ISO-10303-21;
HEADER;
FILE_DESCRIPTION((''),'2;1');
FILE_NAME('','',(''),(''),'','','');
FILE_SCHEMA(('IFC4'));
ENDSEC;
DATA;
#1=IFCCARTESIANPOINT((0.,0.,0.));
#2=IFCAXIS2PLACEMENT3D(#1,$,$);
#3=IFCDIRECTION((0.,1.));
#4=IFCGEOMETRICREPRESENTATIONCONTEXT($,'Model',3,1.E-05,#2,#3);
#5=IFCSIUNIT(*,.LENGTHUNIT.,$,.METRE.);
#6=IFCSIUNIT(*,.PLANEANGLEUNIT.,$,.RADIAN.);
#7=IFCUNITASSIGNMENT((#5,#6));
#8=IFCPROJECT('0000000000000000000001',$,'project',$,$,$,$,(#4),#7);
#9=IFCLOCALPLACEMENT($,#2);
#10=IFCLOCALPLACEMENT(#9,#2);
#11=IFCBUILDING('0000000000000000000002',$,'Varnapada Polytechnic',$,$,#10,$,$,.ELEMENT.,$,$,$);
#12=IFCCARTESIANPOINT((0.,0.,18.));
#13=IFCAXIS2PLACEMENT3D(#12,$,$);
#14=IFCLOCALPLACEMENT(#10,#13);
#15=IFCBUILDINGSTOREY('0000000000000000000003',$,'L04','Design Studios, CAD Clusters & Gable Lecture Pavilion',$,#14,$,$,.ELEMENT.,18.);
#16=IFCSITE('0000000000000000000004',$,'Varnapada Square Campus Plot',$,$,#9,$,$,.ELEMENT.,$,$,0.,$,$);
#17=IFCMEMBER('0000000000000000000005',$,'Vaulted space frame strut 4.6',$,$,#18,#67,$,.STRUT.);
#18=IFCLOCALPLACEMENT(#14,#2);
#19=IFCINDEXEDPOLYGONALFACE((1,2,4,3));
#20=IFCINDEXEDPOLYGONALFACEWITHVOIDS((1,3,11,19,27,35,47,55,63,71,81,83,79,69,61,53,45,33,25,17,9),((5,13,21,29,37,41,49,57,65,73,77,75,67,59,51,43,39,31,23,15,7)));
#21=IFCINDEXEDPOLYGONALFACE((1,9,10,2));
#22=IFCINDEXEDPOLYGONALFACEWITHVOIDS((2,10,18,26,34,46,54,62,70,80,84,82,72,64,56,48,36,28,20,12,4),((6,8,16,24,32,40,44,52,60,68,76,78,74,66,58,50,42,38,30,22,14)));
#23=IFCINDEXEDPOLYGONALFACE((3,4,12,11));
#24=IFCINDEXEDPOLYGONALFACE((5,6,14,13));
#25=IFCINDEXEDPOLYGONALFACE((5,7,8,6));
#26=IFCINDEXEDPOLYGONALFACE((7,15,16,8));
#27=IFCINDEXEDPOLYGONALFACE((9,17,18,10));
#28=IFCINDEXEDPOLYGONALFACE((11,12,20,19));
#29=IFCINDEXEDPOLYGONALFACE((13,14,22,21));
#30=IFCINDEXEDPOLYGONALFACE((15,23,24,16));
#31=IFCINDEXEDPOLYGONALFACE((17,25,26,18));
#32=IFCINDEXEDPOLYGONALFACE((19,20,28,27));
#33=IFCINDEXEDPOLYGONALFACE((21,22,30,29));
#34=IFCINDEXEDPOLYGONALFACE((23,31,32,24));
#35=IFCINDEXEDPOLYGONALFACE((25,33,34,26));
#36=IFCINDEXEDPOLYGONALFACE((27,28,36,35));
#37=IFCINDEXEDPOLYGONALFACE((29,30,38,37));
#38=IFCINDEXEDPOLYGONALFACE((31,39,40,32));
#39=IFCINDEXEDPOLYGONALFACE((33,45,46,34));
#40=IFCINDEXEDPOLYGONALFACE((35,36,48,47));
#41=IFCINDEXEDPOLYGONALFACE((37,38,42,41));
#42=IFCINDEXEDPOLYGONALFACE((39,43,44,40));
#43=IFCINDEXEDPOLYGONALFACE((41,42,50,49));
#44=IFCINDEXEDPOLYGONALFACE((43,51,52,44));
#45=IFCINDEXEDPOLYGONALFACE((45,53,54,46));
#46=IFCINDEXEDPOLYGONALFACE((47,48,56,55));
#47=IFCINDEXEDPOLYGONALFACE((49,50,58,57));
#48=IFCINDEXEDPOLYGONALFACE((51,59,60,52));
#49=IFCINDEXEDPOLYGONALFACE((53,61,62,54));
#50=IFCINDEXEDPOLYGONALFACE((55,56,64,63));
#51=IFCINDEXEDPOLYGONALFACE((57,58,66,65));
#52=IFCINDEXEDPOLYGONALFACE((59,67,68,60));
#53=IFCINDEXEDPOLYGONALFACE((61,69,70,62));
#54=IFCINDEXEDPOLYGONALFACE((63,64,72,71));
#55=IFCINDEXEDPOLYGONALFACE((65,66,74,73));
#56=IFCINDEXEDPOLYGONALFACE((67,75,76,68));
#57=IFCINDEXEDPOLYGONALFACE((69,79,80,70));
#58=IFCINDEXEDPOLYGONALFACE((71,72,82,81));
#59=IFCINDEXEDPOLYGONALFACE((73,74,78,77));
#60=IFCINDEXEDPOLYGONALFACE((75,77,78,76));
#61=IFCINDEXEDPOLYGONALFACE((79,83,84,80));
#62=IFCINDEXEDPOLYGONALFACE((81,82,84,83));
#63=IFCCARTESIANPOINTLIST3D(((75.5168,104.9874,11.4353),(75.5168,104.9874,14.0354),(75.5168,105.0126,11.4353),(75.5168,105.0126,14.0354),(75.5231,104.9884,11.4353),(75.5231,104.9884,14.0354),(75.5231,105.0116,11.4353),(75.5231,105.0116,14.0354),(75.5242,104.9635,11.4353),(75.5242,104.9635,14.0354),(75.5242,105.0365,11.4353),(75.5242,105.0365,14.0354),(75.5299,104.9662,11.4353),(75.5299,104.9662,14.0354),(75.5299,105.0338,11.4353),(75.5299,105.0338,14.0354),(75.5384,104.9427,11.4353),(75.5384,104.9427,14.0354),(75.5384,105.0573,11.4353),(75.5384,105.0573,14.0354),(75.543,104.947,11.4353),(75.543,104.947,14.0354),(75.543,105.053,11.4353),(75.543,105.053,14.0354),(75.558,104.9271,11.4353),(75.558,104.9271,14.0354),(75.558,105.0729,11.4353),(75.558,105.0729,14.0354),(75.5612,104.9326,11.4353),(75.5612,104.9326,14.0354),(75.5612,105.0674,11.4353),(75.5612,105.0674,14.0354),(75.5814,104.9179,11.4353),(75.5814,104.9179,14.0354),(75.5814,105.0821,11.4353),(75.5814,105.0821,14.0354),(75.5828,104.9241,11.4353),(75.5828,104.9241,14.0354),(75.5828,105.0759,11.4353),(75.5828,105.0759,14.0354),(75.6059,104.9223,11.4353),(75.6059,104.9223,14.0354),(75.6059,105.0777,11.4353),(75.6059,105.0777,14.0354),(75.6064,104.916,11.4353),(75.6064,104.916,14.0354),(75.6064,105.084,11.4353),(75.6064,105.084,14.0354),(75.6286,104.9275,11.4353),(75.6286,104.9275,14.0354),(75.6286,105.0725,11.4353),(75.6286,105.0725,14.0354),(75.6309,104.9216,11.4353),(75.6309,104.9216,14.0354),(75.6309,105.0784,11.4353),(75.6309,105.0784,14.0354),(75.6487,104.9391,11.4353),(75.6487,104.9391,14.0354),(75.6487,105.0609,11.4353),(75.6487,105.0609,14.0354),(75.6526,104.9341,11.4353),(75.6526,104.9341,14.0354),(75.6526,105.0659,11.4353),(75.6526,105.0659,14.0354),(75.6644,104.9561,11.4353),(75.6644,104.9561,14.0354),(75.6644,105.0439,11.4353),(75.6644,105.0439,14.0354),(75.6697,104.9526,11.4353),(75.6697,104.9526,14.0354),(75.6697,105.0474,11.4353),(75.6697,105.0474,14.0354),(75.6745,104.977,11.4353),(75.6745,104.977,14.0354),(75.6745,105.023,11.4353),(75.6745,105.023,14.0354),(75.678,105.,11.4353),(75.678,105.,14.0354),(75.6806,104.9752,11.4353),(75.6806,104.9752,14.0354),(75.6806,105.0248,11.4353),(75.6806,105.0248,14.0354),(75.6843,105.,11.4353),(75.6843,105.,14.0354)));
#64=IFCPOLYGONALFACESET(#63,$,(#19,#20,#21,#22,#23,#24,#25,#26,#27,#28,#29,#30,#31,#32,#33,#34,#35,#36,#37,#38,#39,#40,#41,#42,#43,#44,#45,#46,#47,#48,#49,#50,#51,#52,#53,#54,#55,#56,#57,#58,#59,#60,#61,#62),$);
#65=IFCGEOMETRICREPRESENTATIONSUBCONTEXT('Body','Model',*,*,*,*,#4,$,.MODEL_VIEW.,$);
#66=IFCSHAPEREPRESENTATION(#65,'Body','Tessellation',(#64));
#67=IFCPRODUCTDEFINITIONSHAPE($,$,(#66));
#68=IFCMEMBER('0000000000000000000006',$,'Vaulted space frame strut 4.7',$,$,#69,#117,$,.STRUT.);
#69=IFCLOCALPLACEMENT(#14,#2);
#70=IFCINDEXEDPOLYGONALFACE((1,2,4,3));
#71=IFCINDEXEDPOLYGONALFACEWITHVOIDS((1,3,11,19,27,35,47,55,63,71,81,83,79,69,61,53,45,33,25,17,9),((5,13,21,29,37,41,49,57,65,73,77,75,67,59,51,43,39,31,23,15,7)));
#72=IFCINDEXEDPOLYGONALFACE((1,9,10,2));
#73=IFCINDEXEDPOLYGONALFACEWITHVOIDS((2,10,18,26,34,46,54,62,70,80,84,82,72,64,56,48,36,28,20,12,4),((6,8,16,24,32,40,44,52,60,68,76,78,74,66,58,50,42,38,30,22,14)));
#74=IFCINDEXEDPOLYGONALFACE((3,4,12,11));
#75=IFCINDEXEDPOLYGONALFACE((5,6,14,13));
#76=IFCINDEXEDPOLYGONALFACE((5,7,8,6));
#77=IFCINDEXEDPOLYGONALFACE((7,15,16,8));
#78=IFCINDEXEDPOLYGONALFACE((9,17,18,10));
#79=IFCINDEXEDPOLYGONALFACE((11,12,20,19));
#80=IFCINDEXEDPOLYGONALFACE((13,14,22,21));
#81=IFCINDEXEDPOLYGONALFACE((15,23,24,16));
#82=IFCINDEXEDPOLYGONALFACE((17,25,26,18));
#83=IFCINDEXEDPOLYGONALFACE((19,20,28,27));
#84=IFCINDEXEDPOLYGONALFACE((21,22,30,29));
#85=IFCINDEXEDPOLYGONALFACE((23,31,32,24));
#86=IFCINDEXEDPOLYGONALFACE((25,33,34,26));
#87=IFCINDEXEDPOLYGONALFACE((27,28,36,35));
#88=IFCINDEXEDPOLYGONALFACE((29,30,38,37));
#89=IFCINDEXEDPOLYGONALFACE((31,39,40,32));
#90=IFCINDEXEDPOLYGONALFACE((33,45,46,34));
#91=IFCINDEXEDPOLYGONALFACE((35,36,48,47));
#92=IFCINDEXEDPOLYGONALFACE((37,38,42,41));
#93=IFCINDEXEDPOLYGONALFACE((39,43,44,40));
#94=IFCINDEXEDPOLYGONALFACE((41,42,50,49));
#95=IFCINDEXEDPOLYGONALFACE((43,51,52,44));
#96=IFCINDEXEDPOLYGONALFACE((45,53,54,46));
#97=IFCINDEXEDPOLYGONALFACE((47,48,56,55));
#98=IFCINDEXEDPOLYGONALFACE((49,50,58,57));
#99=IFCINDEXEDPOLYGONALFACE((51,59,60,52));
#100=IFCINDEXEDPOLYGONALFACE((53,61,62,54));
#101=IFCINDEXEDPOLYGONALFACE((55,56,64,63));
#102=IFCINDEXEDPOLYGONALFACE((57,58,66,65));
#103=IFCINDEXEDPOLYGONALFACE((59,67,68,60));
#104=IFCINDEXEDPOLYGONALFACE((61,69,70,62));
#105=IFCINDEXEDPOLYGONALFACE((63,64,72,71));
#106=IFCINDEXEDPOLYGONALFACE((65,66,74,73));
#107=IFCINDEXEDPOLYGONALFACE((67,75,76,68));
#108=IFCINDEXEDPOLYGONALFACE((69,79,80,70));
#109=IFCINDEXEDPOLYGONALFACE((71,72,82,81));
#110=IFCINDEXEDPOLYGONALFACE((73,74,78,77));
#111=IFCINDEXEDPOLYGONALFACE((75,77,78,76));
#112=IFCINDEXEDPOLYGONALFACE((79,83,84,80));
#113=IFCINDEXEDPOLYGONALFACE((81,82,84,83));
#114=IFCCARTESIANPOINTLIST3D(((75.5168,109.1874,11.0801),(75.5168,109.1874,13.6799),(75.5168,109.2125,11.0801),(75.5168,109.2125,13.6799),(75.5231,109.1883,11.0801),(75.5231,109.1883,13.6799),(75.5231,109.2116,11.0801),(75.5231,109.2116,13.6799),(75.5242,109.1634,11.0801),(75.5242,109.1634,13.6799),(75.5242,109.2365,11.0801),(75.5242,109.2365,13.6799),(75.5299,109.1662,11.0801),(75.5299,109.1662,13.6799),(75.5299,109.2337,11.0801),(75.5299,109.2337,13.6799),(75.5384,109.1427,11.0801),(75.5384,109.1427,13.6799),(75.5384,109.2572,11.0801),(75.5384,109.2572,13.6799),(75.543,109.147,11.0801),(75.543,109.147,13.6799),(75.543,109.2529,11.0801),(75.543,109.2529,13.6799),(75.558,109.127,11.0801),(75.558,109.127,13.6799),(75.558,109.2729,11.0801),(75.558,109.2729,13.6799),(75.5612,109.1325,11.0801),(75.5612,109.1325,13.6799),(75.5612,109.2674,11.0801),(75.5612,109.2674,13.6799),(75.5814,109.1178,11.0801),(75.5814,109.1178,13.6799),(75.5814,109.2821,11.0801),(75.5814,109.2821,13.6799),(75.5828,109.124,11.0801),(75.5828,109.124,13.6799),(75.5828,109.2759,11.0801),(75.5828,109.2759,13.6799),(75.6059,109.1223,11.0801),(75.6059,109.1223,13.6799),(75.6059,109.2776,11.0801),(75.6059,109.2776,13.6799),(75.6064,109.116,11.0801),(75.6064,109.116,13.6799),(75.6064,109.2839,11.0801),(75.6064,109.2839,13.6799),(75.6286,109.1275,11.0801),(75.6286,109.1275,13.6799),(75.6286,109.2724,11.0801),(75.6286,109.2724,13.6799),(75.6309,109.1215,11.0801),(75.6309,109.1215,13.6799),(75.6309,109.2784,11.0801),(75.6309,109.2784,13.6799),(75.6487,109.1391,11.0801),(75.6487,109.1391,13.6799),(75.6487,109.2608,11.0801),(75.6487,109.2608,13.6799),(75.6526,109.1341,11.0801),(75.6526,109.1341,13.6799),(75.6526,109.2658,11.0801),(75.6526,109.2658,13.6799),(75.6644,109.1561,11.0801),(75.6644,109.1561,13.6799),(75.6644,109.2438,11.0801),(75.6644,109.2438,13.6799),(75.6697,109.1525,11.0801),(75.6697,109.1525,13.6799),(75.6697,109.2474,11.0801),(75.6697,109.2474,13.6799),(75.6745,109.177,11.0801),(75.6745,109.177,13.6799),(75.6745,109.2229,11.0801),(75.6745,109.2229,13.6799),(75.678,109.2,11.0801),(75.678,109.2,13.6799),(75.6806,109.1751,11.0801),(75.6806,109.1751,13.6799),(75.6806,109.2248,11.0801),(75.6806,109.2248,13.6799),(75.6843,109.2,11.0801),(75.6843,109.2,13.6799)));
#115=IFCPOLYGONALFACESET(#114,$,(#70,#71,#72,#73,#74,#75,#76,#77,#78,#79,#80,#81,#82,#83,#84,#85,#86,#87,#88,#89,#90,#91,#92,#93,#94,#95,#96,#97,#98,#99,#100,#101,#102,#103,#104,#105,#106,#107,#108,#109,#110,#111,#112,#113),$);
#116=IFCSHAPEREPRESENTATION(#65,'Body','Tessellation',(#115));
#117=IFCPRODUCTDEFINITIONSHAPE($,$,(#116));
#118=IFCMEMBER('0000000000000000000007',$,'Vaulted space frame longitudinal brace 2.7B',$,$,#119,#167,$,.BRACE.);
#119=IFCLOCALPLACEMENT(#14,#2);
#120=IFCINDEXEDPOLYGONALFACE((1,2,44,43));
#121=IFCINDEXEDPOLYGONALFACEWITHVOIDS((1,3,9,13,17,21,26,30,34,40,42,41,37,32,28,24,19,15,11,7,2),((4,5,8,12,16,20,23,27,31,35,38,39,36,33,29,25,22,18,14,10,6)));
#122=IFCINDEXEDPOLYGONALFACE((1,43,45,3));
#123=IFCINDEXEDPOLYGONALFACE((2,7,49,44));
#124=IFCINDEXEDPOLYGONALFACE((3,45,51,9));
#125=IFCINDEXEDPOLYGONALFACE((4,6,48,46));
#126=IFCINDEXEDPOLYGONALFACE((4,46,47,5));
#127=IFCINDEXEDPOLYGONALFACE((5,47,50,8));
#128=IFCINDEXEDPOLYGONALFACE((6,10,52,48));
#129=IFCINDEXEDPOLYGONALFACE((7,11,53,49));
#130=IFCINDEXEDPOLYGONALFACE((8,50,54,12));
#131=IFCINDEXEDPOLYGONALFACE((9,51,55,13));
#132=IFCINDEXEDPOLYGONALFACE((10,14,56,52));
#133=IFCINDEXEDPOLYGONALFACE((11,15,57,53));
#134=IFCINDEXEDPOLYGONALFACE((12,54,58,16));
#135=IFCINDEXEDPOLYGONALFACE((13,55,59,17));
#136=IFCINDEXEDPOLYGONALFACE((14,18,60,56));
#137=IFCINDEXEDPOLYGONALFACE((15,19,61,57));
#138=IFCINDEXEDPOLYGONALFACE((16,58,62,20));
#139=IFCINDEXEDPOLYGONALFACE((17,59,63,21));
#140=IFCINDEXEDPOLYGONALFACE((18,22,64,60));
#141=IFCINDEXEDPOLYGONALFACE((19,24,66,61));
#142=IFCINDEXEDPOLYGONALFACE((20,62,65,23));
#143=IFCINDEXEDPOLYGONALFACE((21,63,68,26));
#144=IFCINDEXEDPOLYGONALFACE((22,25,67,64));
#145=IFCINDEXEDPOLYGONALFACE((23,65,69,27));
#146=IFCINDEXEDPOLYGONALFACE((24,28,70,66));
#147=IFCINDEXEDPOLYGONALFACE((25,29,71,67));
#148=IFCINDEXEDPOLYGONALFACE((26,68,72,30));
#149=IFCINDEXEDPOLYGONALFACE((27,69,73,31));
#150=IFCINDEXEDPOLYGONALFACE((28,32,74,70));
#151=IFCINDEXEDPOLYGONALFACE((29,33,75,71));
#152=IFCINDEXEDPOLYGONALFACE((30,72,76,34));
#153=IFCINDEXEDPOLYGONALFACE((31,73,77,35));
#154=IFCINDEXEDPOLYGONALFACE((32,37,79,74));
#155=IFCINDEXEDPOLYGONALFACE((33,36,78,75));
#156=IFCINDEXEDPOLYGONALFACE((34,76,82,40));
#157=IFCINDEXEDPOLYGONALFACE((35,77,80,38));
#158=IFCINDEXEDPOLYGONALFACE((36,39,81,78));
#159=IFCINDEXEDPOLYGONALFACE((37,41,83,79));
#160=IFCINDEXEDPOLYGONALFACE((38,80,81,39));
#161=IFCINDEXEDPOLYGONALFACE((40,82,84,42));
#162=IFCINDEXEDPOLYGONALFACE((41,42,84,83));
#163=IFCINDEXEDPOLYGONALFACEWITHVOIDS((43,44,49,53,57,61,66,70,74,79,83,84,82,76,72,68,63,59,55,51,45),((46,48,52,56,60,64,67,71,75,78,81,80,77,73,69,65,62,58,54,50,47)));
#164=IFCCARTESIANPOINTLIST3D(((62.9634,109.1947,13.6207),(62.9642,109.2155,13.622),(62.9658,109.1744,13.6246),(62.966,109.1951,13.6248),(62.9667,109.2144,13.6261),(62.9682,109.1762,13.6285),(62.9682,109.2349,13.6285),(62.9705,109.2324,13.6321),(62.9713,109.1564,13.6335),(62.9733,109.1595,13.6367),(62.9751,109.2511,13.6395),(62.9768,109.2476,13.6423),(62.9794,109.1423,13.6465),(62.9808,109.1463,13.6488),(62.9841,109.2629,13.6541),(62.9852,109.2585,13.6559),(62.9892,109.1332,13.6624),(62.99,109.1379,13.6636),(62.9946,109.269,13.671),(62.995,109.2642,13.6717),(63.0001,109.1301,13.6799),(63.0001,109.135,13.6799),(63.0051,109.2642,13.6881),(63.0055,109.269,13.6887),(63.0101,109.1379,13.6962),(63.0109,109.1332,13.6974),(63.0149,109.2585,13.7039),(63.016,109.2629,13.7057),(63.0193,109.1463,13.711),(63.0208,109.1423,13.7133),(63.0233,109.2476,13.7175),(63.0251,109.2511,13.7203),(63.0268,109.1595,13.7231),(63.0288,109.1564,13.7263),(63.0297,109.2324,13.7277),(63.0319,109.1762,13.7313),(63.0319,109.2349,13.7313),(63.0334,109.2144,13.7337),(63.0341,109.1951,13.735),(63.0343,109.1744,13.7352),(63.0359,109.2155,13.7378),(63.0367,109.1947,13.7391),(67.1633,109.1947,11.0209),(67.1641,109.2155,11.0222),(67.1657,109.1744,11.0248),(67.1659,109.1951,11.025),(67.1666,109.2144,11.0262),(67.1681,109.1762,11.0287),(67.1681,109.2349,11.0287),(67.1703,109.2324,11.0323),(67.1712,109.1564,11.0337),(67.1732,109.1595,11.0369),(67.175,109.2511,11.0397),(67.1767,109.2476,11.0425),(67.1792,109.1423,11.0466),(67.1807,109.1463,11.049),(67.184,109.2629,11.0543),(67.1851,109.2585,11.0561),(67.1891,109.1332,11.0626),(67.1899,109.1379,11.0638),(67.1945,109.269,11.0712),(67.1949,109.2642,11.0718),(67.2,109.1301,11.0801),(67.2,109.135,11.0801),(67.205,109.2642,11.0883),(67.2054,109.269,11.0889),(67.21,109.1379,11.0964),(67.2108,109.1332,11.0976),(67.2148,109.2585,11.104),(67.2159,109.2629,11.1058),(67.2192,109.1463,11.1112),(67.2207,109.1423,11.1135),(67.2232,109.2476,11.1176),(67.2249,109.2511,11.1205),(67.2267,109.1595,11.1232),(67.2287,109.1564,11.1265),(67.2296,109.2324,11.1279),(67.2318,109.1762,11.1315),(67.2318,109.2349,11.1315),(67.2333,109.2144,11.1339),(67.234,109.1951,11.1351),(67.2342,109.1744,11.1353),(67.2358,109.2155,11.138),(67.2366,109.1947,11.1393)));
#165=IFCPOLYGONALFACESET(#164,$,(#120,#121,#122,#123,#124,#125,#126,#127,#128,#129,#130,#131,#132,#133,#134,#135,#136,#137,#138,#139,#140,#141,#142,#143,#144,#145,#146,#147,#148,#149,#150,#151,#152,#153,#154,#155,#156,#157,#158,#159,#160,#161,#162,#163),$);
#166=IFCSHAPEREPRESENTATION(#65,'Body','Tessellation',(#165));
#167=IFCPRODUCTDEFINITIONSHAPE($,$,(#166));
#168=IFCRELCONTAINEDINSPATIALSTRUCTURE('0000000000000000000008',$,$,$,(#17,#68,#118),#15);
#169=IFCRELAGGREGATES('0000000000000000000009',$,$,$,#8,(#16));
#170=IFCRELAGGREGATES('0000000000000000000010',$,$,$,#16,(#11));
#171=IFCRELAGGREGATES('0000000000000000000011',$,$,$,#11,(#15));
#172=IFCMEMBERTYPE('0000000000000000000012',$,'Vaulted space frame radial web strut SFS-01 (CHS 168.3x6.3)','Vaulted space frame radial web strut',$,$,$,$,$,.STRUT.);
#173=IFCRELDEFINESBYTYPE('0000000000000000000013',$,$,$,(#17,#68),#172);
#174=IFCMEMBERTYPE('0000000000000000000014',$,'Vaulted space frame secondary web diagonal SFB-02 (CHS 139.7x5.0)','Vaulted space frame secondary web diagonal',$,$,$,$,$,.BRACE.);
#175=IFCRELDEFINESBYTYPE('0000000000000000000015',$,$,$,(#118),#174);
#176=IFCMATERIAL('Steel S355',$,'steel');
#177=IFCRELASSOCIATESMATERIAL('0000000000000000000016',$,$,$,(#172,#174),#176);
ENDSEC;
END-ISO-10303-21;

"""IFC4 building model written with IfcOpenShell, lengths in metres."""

from ifc_helpers import new_model, si_unit, direction, frame, origin, origin_2d, place, context, subcontext, project, spatial, hollow_circle, extrude, material, material_profile, profile_set, type_object, element, save


model = new_model("IFC4")

# Units and contexts
model_context = context("Model", 3, precision=1e-05, world=origin(), true_north=direction((0.0, 1.0)))
body_context = subcontext(model_context, "Body", "Model", "MODEL_VIEW")
ifc_project = project(units=[si_unit("LENGTHUNIT", "METRE"), si_unit("PLANEANGLEUNIT", "RADIAN")], contexts=[model_context])

# Site, building, storey
site_placement = place(None, origin())
site = spatial("IfcSite", under=ifc_project, at=site_placement, Name="Varnapada Square Campus Plot", CompositionType="ELEMENT", RefElevation=0.0)
building_placement = place(site_placement, origin())
building = spatial("IfcBuilding", under=site, at=building_placement, Name="Varnapada Polytechnic", CompositionType="ELEMENT")
storey_placement = place(building_placement, frame((0.0, 0.0, 18.0)))
storey = spatial("IfcBuildingStorey", under=building, at=storey_placement, Name="L04", Description="Design Studios, CAD Clusters & Gable Lecture Pavilion", CompositionType="ELEMENT", Elevation=18.0)

# Shared definitions
ifc_material = material(Name="Steel S355", Category="steel")

# Members
ifc_material_profile_1 = material_profile(ifc_material, hollow_circle(Radius=0.0842, WallThickness=0.0063, at=origin_2d()), Name="CHS 168.3x6.3")
ifc_profile_set_1 = profile_set([ifc_material_profile_1], Name="Steel S355")
member_type_1 = type_object("IfcMemberType", Name="Vaulted space frame radial web strut SFS-01 (CHS 168.3x6.3)", Description="Vaulted space frame radial web strut", PredefinedType="STRUT", material=ifc_profile_set_1)
member_1_placement = place(storey_placement, frame((75.6001, 105.0, 11.4353), z_axis=(0.0, 0.0, 1.0), x_axis=(1.0, 0.0, 0.0)))
element("IfcMember", 1, at=member_1_placement, inside=storey, type_object=member_type_1, Name="Vaulted space frame strut 4.6", PredefinedType="STRUT", context=body_context, shape_type="SweptSolid", body=[
    extrude(hollow_circle(Radius=0.0842, WallThickness=0.0063, at=origin_2d()), origin(), (0.0, 0.0, 1.0), 2.6001),
])
member_2_placement = place(storey_placement, frame((75.6001, 109.2, 11.0801), z_axis=(0.0, 0.0, 1.0), x_axis=(1.0, 0.0, 0.0)))
element("IfcMember", 2, at=member_2_placement, inside=storey, type_object=member_type_1, Name="Vaulted space frame strut 4.7", PredefinedType="STRUT", context=body_context, shape_type="SweptSolid", body=[
    extrude(hollow_circle(Radius=0.0842, WallThickness=0.0063, at=origin_2d()), origin(), (0.0, 0.0, 1.0), 2.5999),
])
ifc_material_profile_2 = material_profile(ifc_material, hollow_circle(Radius=0.0698, WallThickness=0.0049, at=origin_2d()), Name="CHS 139.7x5.0")
ifc_profile_set_2 = profile_set([ifc_material_profile_2], Name="Steel S355")
member_type_2 = type_object("IfcMemberType", Name="Vaulted space frame secondary web diagonal SFB-02 (CHS 139.7x5.0)", Description="Vaulted space frame secondary web diagonal", PredefinedType="BRACE", material=ifc_profile_set_2)
for number, where, z_axis, x_axis, name in (
    (3, (67.2, 109.2, 11.0801), (-0.850276, 0.0, 0.526338), (0.0, -1.0, 0.0), "Vaulted space frame longitudinal brace 2.7B"),
):
    element("IfcMember", number, at=place(storey_placement, frame(where, z_axis=z_axis, x_axis=x_axis)), inside=storey, type_object=member_type_2, Name=name, PredefinedType="BRACE", context=body_context, shape_type="SweptSolid", body=[
        extrude(hollow_circle(Radius=0.0698, WallThickness=0.0049, at=origin_2d()), origin(), (0.0, 0.0, 1.0), 4.9395),
    ])

save(model, "model.ifc")
